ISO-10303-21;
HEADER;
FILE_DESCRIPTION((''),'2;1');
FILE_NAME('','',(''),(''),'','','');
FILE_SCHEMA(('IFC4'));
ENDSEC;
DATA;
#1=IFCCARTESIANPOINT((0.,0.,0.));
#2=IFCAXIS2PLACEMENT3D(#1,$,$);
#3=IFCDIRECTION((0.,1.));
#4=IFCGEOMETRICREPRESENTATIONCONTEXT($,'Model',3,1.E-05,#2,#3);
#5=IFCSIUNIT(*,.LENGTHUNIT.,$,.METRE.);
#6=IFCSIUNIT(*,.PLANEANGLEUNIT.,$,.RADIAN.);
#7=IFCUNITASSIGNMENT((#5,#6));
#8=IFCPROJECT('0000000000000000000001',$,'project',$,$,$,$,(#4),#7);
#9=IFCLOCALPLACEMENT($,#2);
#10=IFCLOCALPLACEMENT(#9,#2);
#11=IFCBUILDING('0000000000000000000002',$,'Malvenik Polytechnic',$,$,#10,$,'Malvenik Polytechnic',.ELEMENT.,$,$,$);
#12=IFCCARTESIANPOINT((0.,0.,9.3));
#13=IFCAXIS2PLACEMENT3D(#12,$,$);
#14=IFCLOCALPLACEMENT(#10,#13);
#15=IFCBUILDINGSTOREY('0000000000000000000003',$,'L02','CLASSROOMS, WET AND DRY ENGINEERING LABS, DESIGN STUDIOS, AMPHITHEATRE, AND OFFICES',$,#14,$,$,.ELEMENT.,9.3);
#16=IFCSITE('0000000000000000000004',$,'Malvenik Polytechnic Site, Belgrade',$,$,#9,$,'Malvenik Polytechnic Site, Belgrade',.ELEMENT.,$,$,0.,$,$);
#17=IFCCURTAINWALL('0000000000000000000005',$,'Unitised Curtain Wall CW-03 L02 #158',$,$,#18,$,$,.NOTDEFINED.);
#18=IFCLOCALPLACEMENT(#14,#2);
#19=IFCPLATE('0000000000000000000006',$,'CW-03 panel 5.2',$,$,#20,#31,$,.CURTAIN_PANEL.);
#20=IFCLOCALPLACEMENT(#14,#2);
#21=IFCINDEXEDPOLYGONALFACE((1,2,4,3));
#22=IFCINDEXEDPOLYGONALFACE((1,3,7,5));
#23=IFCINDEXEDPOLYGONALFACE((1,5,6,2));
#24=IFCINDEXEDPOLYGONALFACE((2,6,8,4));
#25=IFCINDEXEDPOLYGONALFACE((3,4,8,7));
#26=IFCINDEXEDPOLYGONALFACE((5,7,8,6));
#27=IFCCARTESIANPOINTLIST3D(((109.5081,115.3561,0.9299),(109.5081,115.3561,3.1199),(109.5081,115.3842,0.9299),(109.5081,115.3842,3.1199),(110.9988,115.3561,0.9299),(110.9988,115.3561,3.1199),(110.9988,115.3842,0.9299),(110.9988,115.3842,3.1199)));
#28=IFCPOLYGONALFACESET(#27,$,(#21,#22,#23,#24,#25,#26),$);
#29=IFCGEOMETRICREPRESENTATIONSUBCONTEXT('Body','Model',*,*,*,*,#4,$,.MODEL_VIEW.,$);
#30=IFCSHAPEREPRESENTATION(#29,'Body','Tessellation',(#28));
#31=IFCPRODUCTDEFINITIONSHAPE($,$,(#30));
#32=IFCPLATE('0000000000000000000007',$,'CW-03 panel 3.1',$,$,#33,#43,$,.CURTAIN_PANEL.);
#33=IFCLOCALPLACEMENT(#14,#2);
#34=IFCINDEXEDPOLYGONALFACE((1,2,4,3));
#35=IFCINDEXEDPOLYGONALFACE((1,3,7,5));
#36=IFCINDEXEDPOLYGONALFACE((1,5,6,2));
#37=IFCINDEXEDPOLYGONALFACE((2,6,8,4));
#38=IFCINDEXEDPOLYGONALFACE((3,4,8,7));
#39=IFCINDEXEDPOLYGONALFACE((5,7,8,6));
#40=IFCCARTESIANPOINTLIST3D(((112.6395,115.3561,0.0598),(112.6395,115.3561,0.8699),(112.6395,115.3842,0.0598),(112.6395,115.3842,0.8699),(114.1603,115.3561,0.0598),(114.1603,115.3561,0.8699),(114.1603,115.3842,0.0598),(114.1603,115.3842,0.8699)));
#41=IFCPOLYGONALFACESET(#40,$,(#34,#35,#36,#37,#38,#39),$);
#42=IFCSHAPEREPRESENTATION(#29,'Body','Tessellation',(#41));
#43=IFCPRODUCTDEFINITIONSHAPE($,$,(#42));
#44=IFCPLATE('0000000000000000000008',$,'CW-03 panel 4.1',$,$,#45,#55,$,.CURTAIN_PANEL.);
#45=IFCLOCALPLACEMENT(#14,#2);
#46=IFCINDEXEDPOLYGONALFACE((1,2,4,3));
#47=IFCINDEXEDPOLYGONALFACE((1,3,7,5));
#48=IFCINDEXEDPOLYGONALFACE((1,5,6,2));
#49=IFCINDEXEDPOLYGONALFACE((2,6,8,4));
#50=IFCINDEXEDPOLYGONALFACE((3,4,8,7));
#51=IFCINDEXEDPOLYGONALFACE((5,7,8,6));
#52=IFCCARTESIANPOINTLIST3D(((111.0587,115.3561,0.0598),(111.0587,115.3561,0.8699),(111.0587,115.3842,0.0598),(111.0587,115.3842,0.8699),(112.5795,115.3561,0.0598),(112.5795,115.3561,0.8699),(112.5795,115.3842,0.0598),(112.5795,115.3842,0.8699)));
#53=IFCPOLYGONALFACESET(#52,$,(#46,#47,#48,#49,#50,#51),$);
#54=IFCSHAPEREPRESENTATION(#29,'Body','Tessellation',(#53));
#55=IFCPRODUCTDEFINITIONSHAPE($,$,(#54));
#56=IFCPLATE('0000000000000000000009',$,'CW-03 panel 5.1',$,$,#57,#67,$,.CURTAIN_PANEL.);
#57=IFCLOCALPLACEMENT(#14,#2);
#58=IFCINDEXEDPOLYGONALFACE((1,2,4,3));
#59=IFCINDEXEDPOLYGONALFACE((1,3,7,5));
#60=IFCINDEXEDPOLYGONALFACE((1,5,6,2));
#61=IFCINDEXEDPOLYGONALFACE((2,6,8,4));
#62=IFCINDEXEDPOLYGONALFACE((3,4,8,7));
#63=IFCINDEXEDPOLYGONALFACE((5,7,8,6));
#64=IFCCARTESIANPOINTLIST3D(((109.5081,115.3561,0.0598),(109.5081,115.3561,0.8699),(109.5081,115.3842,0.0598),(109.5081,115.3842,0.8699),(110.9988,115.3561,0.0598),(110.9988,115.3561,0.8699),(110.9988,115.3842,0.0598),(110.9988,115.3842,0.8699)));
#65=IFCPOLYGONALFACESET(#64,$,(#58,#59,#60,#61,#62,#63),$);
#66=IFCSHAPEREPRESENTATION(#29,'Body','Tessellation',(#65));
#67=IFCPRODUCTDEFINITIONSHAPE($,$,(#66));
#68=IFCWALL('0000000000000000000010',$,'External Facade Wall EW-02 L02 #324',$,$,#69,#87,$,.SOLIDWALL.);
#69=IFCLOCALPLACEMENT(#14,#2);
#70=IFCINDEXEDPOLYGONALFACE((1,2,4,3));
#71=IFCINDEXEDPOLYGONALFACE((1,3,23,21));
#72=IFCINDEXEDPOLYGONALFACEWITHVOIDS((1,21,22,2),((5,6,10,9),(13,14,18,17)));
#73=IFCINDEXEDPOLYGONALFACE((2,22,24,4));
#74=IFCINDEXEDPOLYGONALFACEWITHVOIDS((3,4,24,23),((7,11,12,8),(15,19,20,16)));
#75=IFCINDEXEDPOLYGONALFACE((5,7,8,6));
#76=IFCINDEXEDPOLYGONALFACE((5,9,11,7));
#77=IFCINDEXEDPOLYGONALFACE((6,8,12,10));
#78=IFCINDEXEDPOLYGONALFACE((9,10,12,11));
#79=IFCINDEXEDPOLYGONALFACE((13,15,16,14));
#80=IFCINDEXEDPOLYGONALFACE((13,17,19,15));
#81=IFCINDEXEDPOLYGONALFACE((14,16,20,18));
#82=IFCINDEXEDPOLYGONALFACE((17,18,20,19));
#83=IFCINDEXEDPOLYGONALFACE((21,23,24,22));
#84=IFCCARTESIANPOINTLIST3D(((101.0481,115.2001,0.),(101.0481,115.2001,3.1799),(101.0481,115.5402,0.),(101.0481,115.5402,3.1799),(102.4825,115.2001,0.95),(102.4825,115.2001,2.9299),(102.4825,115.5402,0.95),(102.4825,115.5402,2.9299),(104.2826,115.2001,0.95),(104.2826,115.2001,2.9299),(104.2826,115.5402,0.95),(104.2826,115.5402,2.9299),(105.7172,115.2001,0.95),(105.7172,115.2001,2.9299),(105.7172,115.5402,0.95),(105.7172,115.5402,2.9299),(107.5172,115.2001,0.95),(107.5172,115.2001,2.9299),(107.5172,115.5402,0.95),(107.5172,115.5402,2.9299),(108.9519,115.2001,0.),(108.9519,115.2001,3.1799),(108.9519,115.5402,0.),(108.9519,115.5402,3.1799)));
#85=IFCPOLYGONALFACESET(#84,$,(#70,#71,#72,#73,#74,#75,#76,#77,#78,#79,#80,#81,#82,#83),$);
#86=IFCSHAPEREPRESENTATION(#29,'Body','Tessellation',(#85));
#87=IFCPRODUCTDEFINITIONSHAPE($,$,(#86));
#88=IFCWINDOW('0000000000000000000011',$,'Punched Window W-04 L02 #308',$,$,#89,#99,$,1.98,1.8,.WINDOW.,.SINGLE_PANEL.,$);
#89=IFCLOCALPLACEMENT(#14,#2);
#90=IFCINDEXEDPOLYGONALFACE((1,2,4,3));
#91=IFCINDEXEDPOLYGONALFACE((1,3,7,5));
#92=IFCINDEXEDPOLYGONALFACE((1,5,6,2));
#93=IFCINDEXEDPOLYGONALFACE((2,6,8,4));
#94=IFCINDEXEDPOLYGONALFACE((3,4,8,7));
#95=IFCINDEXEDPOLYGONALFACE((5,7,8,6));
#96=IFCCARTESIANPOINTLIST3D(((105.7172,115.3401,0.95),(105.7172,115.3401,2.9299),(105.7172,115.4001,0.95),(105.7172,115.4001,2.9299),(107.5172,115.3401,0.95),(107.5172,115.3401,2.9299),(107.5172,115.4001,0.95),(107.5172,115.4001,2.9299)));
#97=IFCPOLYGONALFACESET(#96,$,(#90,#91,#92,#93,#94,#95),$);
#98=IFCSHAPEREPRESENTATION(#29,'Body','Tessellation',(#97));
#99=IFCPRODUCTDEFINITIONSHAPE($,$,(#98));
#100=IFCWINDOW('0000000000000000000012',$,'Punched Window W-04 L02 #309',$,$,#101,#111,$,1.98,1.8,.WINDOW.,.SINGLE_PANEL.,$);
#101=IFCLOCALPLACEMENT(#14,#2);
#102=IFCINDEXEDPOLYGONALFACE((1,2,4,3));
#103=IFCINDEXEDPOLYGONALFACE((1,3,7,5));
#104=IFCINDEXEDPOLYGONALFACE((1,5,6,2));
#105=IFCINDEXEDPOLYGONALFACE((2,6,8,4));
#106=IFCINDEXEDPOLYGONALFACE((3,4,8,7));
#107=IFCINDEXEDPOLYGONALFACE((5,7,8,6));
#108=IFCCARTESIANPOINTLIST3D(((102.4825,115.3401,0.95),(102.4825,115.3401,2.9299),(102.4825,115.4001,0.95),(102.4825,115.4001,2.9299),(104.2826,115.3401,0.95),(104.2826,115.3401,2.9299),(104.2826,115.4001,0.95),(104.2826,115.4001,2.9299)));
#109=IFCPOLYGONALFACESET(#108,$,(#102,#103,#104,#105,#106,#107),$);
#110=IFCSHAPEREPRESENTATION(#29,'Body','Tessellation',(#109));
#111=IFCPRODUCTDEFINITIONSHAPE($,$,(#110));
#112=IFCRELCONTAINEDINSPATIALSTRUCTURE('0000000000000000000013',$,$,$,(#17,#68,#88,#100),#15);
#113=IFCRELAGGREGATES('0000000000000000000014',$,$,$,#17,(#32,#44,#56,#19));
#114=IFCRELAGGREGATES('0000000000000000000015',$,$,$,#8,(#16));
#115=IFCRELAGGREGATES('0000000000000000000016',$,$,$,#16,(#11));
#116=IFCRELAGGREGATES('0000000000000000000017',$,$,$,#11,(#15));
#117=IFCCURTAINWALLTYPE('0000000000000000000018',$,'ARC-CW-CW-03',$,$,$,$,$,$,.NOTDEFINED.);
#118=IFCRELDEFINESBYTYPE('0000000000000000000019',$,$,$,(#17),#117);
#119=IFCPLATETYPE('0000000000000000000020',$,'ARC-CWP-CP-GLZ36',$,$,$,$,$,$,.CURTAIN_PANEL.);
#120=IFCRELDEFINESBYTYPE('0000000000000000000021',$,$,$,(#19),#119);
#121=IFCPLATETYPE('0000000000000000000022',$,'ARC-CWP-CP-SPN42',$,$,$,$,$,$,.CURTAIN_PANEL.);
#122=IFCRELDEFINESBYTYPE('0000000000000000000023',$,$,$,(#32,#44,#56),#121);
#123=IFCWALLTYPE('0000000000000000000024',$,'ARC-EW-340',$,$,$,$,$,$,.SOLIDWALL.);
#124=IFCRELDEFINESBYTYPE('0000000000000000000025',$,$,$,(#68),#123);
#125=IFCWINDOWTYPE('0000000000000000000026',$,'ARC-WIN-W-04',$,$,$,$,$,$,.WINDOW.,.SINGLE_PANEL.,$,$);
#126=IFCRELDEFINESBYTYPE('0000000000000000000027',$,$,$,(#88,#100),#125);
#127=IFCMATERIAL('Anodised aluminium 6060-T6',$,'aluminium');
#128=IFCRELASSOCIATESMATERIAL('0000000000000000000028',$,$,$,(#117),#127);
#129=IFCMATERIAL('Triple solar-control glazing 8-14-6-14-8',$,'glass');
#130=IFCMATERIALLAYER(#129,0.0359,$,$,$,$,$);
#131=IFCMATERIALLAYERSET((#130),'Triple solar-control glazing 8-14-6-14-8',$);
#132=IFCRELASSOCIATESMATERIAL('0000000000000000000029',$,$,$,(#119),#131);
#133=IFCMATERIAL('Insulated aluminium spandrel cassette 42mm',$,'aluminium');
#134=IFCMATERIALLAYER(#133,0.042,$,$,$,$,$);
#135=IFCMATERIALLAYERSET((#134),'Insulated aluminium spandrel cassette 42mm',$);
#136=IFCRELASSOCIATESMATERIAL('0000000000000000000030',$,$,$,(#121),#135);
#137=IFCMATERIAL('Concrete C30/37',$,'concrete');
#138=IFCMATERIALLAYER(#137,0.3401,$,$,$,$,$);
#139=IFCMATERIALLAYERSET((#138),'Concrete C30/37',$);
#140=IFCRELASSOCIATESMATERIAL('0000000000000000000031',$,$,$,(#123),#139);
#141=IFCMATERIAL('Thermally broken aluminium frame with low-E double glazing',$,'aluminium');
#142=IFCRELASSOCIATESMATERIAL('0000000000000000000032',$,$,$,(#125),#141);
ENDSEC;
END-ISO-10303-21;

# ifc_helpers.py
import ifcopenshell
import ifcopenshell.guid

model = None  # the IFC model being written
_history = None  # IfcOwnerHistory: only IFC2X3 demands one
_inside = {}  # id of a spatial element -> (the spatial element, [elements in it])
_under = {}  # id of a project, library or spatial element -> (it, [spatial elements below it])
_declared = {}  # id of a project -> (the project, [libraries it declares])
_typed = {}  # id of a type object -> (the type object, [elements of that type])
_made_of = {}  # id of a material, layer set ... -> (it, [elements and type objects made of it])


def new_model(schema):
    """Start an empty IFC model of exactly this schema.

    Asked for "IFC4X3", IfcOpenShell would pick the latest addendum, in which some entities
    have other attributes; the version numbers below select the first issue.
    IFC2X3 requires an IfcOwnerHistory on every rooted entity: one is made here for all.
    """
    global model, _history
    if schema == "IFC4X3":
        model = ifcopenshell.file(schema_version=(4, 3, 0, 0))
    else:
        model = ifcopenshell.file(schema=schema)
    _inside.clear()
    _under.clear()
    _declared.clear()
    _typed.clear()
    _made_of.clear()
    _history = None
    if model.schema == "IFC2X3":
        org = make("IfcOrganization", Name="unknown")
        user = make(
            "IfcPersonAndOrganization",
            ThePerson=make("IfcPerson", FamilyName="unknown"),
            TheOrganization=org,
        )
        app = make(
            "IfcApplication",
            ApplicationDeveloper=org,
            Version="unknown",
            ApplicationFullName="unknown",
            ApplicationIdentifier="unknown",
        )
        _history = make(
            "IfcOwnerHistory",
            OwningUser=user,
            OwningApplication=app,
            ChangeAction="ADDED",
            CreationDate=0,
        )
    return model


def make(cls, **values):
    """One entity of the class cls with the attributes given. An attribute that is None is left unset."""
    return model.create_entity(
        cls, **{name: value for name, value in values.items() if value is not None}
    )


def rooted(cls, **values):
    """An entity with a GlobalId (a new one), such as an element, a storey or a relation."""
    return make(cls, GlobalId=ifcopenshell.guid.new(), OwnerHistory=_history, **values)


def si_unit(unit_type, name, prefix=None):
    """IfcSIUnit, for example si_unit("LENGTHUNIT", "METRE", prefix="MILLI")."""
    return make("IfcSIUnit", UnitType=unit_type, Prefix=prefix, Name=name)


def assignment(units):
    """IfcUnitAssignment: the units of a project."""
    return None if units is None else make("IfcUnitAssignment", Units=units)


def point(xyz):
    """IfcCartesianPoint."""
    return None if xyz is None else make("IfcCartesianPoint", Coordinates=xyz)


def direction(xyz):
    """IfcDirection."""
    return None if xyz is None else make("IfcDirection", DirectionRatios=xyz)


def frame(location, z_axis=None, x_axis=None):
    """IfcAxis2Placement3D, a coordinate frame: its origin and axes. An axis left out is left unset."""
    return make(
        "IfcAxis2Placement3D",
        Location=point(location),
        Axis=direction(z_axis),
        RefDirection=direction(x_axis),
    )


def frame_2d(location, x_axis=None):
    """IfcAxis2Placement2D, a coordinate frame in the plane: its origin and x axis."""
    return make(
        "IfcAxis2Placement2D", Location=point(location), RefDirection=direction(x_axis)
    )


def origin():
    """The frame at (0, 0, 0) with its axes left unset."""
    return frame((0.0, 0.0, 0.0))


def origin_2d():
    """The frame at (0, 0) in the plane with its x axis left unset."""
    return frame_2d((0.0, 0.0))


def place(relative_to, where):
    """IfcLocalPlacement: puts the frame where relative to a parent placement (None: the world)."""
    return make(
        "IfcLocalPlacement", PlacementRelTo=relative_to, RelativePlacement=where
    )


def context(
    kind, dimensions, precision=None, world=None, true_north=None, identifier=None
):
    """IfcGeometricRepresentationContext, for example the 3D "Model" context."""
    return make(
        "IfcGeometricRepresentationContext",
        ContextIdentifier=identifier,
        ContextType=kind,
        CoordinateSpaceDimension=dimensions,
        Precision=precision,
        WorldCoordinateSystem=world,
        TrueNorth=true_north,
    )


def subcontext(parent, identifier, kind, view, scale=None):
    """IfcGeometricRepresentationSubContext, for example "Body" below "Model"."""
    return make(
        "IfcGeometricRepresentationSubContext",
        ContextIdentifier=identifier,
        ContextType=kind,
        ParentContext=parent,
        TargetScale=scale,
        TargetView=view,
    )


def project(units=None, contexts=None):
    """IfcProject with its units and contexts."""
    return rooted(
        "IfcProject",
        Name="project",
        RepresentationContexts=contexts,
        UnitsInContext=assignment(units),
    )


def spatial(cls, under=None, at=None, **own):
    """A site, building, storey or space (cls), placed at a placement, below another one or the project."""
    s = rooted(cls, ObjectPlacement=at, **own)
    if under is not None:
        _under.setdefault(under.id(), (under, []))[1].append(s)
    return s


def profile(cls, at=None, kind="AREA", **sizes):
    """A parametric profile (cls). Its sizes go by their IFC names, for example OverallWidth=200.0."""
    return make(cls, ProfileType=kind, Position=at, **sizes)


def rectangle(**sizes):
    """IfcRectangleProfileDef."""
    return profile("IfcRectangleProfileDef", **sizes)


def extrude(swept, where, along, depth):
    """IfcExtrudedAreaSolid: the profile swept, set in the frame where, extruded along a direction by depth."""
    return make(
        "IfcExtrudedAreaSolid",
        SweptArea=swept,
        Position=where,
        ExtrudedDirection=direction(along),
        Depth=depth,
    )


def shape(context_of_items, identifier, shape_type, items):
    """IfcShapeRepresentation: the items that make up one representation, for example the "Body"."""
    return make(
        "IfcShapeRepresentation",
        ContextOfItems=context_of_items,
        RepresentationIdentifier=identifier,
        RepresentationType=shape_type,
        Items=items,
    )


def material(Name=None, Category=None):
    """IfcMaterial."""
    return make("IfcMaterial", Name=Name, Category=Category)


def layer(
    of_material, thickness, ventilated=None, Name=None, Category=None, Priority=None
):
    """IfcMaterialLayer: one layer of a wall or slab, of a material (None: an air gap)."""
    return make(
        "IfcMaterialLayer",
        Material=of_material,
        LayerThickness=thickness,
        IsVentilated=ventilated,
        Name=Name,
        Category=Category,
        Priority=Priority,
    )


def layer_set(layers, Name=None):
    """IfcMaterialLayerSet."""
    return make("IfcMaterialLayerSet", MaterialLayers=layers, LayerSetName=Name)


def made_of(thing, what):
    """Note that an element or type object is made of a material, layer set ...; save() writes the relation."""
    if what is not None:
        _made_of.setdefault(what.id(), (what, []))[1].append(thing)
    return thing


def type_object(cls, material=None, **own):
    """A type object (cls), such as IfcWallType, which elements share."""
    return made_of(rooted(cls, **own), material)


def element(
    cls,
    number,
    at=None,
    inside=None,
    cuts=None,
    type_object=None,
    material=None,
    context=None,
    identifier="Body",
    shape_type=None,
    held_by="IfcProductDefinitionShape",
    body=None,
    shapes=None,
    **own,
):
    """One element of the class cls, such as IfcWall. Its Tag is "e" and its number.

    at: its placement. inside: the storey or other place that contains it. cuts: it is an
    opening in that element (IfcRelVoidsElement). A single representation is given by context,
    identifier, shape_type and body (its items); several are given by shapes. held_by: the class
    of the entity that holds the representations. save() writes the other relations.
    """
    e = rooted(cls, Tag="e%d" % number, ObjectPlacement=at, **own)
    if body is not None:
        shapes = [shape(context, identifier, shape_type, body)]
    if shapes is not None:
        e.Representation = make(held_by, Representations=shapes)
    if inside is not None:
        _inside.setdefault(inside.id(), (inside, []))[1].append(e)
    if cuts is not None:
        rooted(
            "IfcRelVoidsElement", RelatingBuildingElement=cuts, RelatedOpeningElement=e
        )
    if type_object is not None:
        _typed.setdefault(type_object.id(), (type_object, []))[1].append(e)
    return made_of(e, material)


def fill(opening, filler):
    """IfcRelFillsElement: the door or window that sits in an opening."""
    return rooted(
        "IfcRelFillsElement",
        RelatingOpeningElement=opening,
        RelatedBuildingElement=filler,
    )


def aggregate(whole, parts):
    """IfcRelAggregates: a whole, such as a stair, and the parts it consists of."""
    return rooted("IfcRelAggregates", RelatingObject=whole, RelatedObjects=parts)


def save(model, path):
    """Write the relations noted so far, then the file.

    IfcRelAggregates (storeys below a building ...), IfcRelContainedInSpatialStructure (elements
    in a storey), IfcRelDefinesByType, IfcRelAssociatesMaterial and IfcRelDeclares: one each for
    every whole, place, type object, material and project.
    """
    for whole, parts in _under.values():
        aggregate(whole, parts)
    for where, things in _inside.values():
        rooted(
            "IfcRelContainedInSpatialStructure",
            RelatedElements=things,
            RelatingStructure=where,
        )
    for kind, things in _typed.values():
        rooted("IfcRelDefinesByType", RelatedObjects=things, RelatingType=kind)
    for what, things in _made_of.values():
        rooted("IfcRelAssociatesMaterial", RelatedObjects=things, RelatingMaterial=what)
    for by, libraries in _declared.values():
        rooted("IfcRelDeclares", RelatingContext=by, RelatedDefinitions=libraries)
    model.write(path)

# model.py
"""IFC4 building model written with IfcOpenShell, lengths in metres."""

from ifc_helpers import new_model, si_unit, direction, frame, frame_2d, origin, origin_2d, place, context, subcontext, project, spatial, rectangle, extrude, material, layer, layer_set, type_object, element, fill, aggregate, save


model = new_model("IFC4")

# Units and contexts
model_context = context("Model", 3, precision=1e-05, world=origin(), true_north=direction((0.0, 1.0)))
body_context = subcontext(model_context, "Body", "Model", "MODEL_VIEW")
ifc_project = project(units=[si_unit("LENGTHUNIT", "METRE"), si_unit("PLANEANGLEUNIT", "RADIAN")], contexts=[model_context])

# Site, building, storey
site_placement = place(None, origin())
site = spatial("IfcSite", under=ifc_project, at=site_placement, Name="Malvenik Polytechnic Site, Belgrade", LongName="Malvenik Polytechnic Site, Belgrade", CompositionType="ELEMENT", RefElevation=0.0)
building_placement = place(site_placement, origin())
building = spatial("IfcBuilding", under=site, at=building_placement, Name="Malvenik Polytechnic", LongName="Malvenik Polytechnic", CompositionType="ELEMENT")
storey_placement = place(building_placement, frame((0.0, 0.0, 9.3)))
storey = spatial("IfcBuildingStorey", under=building, at=storey_placement, Name="L02", Description="CLASSROOMS, WET AND DRY ENGINEERING LABS, DESIGN STUDIOS, AMPHITHEATRE, AND OFFICES", CompositionType="ELEMENT", Elevation=9.3)

# Curtain wall, plates
ifc_material_1 = material(Name="Anodised aluminium 6060-T6", Category="aluminium")
curtain_wall_type = type_object("IfcCurtainWallType", Name="ARC-CW-CW-03", PredefinedType="NOTDEFINED", material=ifc_material_1)
curtain_wall_placement = place(storey_placement, origin())
curtain_wall = element("IfcCurtainWall", 1, at=curtain_wall_placement, inside=storey, type_object=curtain_wall_type, Name="Unitised Curtain Wall CW-03 L02 #158", PredefinedType="NOTDEFINED")
ifc_material_2 = material(Name="Triple solar-control glazing 8-14-6-14-8", Category="glass")
ifc_layer_1 = layer(ifc_material_2, 0.0359)
ifc_layer_set_1 = layer_set([ifc_layer_1], Name="Triple solar-control glazing 8-14-6-14-8")
plate_type_1 = type_object("IfcPlateType", Name="ARC-CWP-CP-GLZ36", PredefinedType="CURTAIN_PANEL", material=ifc_layer_set_1)
plate_1_placement = place(storey_placement, frame((110.2534, 115.3701, 0.9299), z_axis=(0.0, 0.0, 1.0), x_axis=(-1.0, 0.0, 0.0)))
plate_1 = element("IfcPlate", 2, at=plate_1_placement, type_object=plate_type_1, Name="CW-03 panel 5.2", PredefinedType="CURTAIN_PANEL", context=body_context, shape_type="SweptSolid", body=[
    extrude(rectangle(XDim=1.4907, YDim=0.0281, at=origin_2d()), origin(), (0.0, 0.0, 1.0), 2.1899),
])
ifc_material_3 = material(Name="Insulated aluminium spandrel cassette 42mm", Category="aluminium")
ifc_layer_2 = layer(ifc_material_3, 0.042)
ifc_layer_set_2 = layer_set([ifc_layer_2], Name="Insulated aluminium spandrel cassette 42mm")
plate_type_2 = type_object("IfcPlateType", Name="ARC-CWP-CP-SPN42", PredefinedType="CURTAIN_PANEL", material=ifc_layer_set_2)
plate_2_placement = place(storey_placement, frame((113.3999, 115.3701, 0.0598), z_axis=(0.0, 0.0, 1.0), x_axis=(-1.0, 0.0, 0.0)))
plate_2 = element("IfcPlate", 3, at=plate_2_placement, type_object=plate_type_2, Name="CW-03 panel 3.1", PredefinedType="CURTAIN_PANEL", context=body_context, shape_type="SweptSolid", body=[
    extrude(rectangle(XDim=1.5208, YDim=0.0281, at=origin_2d()), origin(), (0.0, 0.0, 1.0), 0.8101),
])
plate_3_placement = place(storey_placement, frame((111.8191, 115.3701, 0.0598), z_axis=(0.0, 0.0, 1.0), x_axis=(-1.0, 0.0, 0.0)))
plate_3 = element("IfcPlate", 4, at=plate_3_placement, type_object=plate_type_2, Name="CW-03 panel 4.1", PredefinedType="CURTAIN_PANEL", context=body_context, shape_type="SweptSolid", body=[
    extrude(rectangle(XDim=1.5208, YDim=0.0281, at=origin_2d()), origin(), (0.0, 0.0, 1.0), 0.8101),
])
plate_4_placement = place(storey_placement, frame((110.2534, 115.3701, 0.0598), z_axis=(0.0, 0.0, 1.0), x_axis=(-1.0, 0.0, 0.0)))
plate_4 = element("IfcPlate", 5, at=plate_4_placement, type_object=plate_type_2, Name="CW-03 panel 5.1", PredefinedType="CURTAIN_PANEL", context=body_context, shape_type="SweptSolid", body=[
    extrude(rectangle(XDim=1.4907, YDim=0.0281, at=origin_2d()), origin(), (0.0, 0.0, 1.0), 0.8101),
])
aggregate(curtain_wall, [plate_2, plate_3, plate_4, plate_1])

# Wall, openings, windows
ifc_material_4 = material(Name="Concrete C30/37", Category="concrete")
ifc_layer_3 = layer(ifc_material_4, 0.3401)
ifc_layer_set_3 = layer_set([ifc_layer_3], Name="Concrete C30/37")
wall_type = type_object("IfcWallType", Name="ARC-EW-340", PredefinedType="SOLIDWALL", material=ifc_layer_set_3)
wall_placement = place(storey_placement, frame((108.9519, 115.3701, 0.0), z_axis=(0.0, 0.0, 1.0), x_axis=(-1.0, 0.0, 0.0)))
wall = element("IfcWall", 6, at=wall_placement, inside=storey, type_object=wall_type, Name="External Facade Wall EW-02 L02 #324", PredefinedType="SOLIDWALL", context=body_context, shape_type="SweptSolid", body=[
    extrude(rectangle(XDim=7.9038, YDim=0.3401, at=frame_2d((3.9519, 0.0))), origin(), (0.0, 0.0, 1.0), 3.1799),
])
opening_1_placement = place(wall_placement, frame((1.4348, 0.0, 0.95)))
opening_1 = element("IfcOpeningElement", 7, at=opening_1_placement, cuts=wall, PredefinedType="OPENING", context=body_context, shape_type="SweptSolid", body=[
    extrude(rectangle(XDim=1.8, YDim=1.98, at=frame_2d((0.8999, 0.99))), frame((0.0, 0.1802, 0.0), z_axis=(0.0, -1.0, 0.0), x_axis=(1.0, 0.0, 0.0)), (0.0, 0.0, 1.0), 0.3601),
])
opening_2_placement = place(wall_placement, frame((4.6694, 0.0, 0.95)))
opening_2 = element("IfcOpeningElement", 8, at=opening_2_placement, cuts=wall, PredefinedType="OPENING", context=body_context, shape_type="SweptSolid", body=[
    extrude(rectangle(XDim=1.8, YDim=1.98, at=frame_2d((0.8999, 0.99))), frame((0.0, 0.1802, 0.0), z_axis=(0.0, -1.0, 0.0), x_axis=(1.0, 0.0, 0.0)), (0.0, 0.0, 1.0), 0.3601),
])
ifc_material_5 = material(Name="Thermally broken aluminium frame with low-E double glazing", Category="aluminium")
window_type = type_object("IfcWindowType", Name="ARC-WIN-W-04", PartitioningType="SINGLE_PANEL", PredefinedType="WINDOW", material=ifc_material_5)
window_1_placement = place(opening_1_placement, origin())
window_1 = element("IfcWindow", 9, at=window_1_placement, inside=storey, type_object=window_type, Name="Punched Window W-04 L02 #308", OverallHeight=1.98, OverallWidth=1.8, PartitioningType="SINGLE_PANEL", PredefinedType="WINDOW", context=body_context, shape_type="SweptSolid", body=[
    extrude(rectangle(XDim=1.8, YDim=1.98, at=frame_2d((0.8999, 0.99))), frame((0.0, 0.03, 0.0), z_axis=(0.0, -1.0, 0.0), x_axis=(1.0, 0.0, 0.0)), (0.0, 0.0, 1.0), 0.0601),
])
fill(opening_1, window_1)
window_2_placement = place(opening_2_placement, origin())
window_2 = element("IfcWindow", 10, at=window_2_placement, inside=storey, type_object=window_type, Name="Punched Window W-04 L02 #309", OverallHeight=1.98, OverallWidth=1.8, PartitioningType="SINGLE_PANEL", PredefinedType="WINDOW", context=body_context, shape_type="SweptSolid", body=[
    extrude(rectangle(XDim=1.8, YDim=1.98, at=frame_2d((0.8999, 0.99))), frame((0.0, 0.03, 0.0), z_axis=(0.0, -1.0, 0.0), x_axis=(1.0, 0.0, 0.0)), (0.0, 0.0, 1.0), 0.0601),
])
fill(opening_2, window_2)

save(model, "model.ifc")
